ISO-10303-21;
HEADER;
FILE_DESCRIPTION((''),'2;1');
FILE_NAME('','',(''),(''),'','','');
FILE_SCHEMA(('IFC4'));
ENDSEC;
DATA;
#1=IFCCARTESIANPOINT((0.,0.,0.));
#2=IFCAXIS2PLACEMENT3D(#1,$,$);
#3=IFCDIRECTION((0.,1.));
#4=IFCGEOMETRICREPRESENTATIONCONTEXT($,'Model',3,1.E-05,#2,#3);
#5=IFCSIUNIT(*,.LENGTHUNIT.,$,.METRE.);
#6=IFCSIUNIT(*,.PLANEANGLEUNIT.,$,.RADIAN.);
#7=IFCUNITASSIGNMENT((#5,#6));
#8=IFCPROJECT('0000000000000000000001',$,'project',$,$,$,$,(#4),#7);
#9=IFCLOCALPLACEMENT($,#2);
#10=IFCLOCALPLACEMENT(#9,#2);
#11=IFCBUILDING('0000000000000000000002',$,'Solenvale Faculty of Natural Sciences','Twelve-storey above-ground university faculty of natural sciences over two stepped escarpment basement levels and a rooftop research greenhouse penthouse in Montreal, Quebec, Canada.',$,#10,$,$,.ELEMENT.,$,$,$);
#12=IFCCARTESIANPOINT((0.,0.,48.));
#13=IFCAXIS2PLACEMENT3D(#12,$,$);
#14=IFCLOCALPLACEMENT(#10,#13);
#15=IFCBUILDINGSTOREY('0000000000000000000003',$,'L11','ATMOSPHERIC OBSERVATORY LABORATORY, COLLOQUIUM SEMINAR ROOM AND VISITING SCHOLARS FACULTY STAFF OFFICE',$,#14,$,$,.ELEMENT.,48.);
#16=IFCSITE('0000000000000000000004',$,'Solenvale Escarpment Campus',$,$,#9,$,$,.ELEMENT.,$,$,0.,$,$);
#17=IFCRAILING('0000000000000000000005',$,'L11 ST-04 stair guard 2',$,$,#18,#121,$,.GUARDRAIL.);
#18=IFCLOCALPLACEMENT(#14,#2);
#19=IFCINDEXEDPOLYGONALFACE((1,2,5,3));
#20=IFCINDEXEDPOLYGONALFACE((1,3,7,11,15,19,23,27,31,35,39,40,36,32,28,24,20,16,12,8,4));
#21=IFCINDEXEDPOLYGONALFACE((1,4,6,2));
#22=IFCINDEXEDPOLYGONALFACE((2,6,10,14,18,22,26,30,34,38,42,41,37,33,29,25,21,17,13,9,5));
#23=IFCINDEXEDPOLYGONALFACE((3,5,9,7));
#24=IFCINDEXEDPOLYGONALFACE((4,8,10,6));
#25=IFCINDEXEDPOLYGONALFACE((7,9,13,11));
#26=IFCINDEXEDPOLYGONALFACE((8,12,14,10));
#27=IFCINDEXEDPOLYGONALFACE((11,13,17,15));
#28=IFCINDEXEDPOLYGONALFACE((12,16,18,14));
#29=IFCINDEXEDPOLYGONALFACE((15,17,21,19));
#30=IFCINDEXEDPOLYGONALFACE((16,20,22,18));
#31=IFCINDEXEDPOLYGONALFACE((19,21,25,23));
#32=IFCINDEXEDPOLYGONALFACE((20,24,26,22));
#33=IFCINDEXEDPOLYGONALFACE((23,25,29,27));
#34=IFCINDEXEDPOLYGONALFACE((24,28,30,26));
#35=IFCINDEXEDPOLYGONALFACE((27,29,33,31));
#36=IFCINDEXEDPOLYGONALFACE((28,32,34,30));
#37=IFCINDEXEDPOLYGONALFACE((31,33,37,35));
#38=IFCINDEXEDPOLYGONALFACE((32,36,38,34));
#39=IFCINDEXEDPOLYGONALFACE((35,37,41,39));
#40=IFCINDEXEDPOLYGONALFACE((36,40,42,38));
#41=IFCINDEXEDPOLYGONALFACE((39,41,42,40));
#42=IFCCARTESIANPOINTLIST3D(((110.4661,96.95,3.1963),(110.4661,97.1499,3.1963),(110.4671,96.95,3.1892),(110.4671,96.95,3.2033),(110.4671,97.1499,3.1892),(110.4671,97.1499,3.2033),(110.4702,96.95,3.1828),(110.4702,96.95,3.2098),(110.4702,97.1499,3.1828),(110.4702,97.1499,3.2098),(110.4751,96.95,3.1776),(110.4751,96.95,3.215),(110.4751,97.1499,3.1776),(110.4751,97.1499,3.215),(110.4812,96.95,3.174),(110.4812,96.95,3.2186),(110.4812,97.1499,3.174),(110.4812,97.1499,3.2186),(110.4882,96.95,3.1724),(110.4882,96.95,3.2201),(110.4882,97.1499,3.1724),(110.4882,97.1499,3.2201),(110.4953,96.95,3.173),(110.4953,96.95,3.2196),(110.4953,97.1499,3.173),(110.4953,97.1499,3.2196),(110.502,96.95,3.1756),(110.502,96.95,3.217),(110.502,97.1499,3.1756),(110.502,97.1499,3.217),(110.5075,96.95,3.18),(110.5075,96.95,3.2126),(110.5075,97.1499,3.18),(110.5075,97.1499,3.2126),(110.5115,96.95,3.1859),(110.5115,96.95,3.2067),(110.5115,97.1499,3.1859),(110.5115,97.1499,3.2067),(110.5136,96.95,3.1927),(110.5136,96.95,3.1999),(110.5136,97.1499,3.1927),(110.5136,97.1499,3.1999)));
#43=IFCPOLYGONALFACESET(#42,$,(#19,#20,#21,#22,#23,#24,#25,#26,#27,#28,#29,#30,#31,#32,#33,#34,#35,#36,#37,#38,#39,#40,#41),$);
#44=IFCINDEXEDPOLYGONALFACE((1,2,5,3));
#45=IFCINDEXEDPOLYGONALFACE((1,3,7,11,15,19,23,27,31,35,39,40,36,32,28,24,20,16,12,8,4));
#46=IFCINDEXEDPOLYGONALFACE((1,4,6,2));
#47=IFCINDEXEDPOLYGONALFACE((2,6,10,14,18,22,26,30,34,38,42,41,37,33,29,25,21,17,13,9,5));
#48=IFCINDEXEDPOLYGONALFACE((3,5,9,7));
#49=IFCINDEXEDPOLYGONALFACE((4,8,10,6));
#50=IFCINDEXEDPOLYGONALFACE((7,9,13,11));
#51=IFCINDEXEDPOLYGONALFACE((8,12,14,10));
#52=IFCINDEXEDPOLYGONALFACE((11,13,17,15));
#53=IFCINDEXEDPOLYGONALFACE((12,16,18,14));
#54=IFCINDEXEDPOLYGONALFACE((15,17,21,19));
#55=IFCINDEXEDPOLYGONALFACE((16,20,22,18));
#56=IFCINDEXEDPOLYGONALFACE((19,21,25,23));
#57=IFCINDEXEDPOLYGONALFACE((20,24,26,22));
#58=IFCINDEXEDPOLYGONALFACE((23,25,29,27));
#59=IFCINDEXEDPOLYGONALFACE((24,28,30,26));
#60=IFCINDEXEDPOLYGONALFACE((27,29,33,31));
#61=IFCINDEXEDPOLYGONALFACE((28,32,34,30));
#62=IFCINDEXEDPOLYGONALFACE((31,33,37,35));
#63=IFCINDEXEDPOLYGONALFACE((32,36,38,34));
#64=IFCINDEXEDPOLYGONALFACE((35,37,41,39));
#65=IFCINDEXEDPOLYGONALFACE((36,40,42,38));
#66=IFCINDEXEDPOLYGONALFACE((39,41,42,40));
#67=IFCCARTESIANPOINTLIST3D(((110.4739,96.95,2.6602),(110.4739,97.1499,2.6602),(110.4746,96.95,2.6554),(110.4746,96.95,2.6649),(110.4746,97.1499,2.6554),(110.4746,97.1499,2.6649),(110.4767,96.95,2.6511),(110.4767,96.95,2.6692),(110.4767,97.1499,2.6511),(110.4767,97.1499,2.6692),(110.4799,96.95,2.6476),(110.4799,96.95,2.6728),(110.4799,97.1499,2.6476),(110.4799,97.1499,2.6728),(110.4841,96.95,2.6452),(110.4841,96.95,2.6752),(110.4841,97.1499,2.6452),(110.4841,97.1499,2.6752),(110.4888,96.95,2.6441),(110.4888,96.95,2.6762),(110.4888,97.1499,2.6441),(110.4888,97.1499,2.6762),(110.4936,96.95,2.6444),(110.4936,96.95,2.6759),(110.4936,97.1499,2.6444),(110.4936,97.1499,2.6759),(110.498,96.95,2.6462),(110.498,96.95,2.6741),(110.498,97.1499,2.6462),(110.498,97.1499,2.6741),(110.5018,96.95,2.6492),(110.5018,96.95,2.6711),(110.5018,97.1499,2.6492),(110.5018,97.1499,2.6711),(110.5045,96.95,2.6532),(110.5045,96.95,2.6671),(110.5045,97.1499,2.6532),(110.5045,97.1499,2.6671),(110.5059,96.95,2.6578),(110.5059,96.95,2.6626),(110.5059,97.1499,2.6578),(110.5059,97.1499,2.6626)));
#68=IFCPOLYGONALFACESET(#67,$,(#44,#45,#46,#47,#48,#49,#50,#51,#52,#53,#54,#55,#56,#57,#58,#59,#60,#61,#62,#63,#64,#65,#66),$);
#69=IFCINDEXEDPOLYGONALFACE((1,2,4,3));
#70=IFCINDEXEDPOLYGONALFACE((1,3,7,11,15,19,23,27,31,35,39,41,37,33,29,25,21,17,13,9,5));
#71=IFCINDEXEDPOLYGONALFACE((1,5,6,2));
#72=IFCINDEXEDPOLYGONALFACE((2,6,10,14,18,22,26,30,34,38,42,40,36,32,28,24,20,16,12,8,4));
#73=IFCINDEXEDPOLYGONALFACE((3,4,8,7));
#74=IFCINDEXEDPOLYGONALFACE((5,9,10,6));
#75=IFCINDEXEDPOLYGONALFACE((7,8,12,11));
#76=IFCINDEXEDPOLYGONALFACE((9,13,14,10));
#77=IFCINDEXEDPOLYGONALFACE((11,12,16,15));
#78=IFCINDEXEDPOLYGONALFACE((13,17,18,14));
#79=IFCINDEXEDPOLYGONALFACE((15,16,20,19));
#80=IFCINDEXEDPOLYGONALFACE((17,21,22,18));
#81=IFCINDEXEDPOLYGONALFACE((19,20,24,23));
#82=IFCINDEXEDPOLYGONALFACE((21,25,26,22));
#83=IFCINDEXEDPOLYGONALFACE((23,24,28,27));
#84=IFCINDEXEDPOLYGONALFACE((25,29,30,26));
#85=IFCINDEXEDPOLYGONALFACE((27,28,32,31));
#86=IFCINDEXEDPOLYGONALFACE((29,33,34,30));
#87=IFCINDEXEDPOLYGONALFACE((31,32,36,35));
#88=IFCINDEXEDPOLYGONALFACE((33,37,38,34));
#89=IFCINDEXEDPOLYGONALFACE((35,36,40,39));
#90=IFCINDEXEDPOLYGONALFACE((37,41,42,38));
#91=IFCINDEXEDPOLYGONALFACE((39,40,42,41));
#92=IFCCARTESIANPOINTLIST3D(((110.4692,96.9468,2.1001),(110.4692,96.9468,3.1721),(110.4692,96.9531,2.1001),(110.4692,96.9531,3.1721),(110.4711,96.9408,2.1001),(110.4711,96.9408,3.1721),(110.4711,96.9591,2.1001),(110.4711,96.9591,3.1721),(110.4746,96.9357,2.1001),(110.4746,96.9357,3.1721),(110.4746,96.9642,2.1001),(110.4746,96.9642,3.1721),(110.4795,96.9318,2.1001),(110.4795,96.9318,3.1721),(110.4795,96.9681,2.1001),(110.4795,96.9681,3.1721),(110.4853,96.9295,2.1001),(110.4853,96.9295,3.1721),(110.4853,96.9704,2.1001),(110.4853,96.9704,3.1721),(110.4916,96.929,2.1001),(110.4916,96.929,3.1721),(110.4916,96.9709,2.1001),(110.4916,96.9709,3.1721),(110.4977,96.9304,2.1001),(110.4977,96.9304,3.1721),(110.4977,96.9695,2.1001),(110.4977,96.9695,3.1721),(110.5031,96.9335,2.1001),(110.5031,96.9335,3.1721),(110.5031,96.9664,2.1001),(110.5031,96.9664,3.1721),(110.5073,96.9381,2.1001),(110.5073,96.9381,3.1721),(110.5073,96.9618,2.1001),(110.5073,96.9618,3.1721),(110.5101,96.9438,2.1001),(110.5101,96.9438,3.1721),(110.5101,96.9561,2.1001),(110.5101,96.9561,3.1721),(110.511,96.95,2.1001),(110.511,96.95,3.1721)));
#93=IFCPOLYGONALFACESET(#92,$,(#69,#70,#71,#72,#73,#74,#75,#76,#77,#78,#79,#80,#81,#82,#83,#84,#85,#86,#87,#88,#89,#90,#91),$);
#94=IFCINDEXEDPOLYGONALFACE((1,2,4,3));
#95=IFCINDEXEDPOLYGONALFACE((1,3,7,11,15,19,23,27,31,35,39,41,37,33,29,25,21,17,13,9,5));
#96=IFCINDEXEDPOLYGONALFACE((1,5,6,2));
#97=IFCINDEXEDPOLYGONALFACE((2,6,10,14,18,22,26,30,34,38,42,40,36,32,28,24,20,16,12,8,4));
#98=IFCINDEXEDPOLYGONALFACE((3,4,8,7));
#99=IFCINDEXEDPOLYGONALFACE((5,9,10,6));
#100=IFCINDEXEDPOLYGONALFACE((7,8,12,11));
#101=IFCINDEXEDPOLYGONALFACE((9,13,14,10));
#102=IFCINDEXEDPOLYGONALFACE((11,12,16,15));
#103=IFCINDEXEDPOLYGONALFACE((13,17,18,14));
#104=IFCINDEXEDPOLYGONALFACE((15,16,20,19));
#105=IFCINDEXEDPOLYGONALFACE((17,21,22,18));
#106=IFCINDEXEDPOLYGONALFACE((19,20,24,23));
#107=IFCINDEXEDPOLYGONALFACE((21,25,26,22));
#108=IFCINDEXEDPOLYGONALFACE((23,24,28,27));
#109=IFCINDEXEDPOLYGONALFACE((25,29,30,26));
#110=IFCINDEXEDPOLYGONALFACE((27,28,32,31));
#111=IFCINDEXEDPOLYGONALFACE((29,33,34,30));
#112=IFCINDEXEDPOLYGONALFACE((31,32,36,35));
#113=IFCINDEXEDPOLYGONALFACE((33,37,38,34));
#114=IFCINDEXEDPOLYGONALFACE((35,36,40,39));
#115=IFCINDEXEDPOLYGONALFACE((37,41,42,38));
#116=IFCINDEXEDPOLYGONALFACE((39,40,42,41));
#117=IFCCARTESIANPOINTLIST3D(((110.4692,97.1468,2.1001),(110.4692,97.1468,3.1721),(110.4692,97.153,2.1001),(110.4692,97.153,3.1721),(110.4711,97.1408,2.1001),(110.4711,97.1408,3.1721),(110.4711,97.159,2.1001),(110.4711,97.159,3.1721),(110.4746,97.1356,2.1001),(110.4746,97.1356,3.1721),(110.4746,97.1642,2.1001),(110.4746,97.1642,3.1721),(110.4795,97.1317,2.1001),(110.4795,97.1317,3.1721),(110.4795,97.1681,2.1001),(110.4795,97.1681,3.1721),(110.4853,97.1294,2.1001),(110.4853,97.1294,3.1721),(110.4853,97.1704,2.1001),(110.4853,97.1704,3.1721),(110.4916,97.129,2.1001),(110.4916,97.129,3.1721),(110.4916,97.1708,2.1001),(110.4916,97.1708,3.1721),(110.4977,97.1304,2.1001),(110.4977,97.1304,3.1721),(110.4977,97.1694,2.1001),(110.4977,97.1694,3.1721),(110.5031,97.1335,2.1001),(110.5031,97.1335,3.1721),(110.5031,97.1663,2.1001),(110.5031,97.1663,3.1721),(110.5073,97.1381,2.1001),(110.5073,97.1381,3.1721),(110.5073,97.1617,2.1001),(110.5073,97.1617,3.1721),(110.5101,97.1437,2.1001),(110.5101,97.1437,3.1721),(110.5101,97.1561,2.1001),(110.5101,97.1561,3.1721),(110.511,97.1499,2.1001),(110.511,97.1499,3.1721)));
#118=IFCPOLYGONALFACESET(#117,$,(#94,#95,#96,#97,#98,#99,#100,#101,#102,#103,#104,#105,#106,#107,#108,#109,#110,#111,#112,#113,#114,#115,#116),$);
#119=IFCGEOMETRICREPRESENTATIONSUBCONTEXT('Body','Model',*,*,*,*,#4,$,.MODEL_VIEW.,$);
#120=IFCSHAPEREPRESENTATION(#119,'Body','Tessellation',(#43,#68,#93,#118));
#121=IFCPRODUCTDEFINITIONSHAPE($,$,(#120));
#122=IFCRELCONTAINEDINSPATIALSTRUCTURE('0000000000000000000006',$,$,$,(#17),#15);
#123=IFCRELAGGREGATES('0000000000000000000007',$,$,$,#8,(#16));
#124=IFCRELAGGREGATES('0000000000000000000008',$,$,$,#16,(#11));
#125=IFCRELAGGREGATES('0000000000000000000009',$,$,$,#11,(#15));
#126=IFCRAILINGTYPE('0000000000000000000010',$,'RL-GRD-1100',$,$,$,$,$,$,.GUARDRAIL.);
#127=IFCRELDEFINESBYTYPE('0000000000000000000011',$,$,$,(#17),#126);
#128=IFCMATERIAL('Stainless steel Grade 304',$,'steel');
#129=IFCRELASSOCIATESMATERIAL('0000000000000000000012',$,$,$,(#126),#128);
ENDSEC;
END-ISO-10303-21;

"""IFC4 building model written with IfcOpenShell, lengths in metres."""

from ifc_helpers import new_model, si_unit, direction, frame, origin, origin_2d, place, context, subcontext, project, spatial, circle, extrude, material, type_object, element, save


model = new_model("IFC4")

# Units and contexts
model_context = context("Model", 3, precision=1e-05, world=origin(), true_north=direction((0.0, 1.0)))
body_context = subcontext(model_context, "Body", "Model", "MODEL_VIEW")
ifc_project = project(units=[si_unit("LENGTHUNIT", "METRE"), si_unit("PLANEANGLEUNIT", "RADIAN")], contexts=[model_context])

# Site, building, storey
site_placement = place(None, origin())
site = spatial("IfcSite", under=ifc_project, at=site_placement, Name="Solenvale Escarpment Campus", CompositionType="ELEMENT", RefElevation=0.0)
building_placement = place(site_placement, origin())
building = spatial("IfcBuilding", under=site, at=building_placement, Name="Solenvale Faculty of Natural Sciences", Description="Twelve-storey above-ground university faculty of natural sciences over two stepped escarpment basement levels and a rooftop research greenhouse penthouse in Montreal, Quebec, Canada.", CompositionType="ELEMENT")
storey_placement = place(building_placement, frame((0.0, 0.0, 48.0)))
storey = spatial("IfcBuildingStorey", under=building, at=storey_placement, Name="L11", Description="ATMOSPHERIC OBSERVATORY LABORATORY, COLLOQUIUM SEMINAR ROOM AND VISITING SCHOLARS FACULTY STAFF OFFICE", CompositionType="ELEMENT", Elevation=48.0)

# Railing
ifc_material_1 = material(Name="Stainless steel Grade 304", Category="steel")
railing_type_1 = type_object("IfcRailingType", Name="RL-GRD-1100", PredefinedType="GUARDRAIL", material=ifc_material_1)
railing_1_placement = place(storey_placement, frame((110.49, 96.95, 2.1001)))
element("IfcRailing", 1, at=railing_1_placement, inside=storey, type_object=railing_type_1, Name="L11 ST-04 stair guard 2", PredefinedType="GUARDRAIL", context=body_context, shape_type="SweptSolid", body=[
    extrude(circle(Radius=0.0239, at=origin_2d()), frame((0.0, 0.0, 1.0962), z_axis=(0.0, 1.0, 0.0), x_axis=(-1.0, 0.0, 0.0)), (0.0, 0.0, 1.0), 0.2),
    extrude(circle(Radius=0.0161, at=origin_2d()), frame((0.0, 0.0, 0.5601), z_axis=(0.0, 1.0, 0.0), x_axis=(-1.0, 0.0, 0.0)), (0.0, 0.0, 1.0), 0.2),
    extrude(circle(Radius=0.021, at=origin_2d()), origin(), (0.0, 0.0, 1.0), 1.072),
    extrude(circle(Radius=0.021, at=origin_2d()), frame((0.0, 0.2, 0.0)), (0.0, 0.0, 1.0), 1.072),
])

save(model, "model.ifc")
